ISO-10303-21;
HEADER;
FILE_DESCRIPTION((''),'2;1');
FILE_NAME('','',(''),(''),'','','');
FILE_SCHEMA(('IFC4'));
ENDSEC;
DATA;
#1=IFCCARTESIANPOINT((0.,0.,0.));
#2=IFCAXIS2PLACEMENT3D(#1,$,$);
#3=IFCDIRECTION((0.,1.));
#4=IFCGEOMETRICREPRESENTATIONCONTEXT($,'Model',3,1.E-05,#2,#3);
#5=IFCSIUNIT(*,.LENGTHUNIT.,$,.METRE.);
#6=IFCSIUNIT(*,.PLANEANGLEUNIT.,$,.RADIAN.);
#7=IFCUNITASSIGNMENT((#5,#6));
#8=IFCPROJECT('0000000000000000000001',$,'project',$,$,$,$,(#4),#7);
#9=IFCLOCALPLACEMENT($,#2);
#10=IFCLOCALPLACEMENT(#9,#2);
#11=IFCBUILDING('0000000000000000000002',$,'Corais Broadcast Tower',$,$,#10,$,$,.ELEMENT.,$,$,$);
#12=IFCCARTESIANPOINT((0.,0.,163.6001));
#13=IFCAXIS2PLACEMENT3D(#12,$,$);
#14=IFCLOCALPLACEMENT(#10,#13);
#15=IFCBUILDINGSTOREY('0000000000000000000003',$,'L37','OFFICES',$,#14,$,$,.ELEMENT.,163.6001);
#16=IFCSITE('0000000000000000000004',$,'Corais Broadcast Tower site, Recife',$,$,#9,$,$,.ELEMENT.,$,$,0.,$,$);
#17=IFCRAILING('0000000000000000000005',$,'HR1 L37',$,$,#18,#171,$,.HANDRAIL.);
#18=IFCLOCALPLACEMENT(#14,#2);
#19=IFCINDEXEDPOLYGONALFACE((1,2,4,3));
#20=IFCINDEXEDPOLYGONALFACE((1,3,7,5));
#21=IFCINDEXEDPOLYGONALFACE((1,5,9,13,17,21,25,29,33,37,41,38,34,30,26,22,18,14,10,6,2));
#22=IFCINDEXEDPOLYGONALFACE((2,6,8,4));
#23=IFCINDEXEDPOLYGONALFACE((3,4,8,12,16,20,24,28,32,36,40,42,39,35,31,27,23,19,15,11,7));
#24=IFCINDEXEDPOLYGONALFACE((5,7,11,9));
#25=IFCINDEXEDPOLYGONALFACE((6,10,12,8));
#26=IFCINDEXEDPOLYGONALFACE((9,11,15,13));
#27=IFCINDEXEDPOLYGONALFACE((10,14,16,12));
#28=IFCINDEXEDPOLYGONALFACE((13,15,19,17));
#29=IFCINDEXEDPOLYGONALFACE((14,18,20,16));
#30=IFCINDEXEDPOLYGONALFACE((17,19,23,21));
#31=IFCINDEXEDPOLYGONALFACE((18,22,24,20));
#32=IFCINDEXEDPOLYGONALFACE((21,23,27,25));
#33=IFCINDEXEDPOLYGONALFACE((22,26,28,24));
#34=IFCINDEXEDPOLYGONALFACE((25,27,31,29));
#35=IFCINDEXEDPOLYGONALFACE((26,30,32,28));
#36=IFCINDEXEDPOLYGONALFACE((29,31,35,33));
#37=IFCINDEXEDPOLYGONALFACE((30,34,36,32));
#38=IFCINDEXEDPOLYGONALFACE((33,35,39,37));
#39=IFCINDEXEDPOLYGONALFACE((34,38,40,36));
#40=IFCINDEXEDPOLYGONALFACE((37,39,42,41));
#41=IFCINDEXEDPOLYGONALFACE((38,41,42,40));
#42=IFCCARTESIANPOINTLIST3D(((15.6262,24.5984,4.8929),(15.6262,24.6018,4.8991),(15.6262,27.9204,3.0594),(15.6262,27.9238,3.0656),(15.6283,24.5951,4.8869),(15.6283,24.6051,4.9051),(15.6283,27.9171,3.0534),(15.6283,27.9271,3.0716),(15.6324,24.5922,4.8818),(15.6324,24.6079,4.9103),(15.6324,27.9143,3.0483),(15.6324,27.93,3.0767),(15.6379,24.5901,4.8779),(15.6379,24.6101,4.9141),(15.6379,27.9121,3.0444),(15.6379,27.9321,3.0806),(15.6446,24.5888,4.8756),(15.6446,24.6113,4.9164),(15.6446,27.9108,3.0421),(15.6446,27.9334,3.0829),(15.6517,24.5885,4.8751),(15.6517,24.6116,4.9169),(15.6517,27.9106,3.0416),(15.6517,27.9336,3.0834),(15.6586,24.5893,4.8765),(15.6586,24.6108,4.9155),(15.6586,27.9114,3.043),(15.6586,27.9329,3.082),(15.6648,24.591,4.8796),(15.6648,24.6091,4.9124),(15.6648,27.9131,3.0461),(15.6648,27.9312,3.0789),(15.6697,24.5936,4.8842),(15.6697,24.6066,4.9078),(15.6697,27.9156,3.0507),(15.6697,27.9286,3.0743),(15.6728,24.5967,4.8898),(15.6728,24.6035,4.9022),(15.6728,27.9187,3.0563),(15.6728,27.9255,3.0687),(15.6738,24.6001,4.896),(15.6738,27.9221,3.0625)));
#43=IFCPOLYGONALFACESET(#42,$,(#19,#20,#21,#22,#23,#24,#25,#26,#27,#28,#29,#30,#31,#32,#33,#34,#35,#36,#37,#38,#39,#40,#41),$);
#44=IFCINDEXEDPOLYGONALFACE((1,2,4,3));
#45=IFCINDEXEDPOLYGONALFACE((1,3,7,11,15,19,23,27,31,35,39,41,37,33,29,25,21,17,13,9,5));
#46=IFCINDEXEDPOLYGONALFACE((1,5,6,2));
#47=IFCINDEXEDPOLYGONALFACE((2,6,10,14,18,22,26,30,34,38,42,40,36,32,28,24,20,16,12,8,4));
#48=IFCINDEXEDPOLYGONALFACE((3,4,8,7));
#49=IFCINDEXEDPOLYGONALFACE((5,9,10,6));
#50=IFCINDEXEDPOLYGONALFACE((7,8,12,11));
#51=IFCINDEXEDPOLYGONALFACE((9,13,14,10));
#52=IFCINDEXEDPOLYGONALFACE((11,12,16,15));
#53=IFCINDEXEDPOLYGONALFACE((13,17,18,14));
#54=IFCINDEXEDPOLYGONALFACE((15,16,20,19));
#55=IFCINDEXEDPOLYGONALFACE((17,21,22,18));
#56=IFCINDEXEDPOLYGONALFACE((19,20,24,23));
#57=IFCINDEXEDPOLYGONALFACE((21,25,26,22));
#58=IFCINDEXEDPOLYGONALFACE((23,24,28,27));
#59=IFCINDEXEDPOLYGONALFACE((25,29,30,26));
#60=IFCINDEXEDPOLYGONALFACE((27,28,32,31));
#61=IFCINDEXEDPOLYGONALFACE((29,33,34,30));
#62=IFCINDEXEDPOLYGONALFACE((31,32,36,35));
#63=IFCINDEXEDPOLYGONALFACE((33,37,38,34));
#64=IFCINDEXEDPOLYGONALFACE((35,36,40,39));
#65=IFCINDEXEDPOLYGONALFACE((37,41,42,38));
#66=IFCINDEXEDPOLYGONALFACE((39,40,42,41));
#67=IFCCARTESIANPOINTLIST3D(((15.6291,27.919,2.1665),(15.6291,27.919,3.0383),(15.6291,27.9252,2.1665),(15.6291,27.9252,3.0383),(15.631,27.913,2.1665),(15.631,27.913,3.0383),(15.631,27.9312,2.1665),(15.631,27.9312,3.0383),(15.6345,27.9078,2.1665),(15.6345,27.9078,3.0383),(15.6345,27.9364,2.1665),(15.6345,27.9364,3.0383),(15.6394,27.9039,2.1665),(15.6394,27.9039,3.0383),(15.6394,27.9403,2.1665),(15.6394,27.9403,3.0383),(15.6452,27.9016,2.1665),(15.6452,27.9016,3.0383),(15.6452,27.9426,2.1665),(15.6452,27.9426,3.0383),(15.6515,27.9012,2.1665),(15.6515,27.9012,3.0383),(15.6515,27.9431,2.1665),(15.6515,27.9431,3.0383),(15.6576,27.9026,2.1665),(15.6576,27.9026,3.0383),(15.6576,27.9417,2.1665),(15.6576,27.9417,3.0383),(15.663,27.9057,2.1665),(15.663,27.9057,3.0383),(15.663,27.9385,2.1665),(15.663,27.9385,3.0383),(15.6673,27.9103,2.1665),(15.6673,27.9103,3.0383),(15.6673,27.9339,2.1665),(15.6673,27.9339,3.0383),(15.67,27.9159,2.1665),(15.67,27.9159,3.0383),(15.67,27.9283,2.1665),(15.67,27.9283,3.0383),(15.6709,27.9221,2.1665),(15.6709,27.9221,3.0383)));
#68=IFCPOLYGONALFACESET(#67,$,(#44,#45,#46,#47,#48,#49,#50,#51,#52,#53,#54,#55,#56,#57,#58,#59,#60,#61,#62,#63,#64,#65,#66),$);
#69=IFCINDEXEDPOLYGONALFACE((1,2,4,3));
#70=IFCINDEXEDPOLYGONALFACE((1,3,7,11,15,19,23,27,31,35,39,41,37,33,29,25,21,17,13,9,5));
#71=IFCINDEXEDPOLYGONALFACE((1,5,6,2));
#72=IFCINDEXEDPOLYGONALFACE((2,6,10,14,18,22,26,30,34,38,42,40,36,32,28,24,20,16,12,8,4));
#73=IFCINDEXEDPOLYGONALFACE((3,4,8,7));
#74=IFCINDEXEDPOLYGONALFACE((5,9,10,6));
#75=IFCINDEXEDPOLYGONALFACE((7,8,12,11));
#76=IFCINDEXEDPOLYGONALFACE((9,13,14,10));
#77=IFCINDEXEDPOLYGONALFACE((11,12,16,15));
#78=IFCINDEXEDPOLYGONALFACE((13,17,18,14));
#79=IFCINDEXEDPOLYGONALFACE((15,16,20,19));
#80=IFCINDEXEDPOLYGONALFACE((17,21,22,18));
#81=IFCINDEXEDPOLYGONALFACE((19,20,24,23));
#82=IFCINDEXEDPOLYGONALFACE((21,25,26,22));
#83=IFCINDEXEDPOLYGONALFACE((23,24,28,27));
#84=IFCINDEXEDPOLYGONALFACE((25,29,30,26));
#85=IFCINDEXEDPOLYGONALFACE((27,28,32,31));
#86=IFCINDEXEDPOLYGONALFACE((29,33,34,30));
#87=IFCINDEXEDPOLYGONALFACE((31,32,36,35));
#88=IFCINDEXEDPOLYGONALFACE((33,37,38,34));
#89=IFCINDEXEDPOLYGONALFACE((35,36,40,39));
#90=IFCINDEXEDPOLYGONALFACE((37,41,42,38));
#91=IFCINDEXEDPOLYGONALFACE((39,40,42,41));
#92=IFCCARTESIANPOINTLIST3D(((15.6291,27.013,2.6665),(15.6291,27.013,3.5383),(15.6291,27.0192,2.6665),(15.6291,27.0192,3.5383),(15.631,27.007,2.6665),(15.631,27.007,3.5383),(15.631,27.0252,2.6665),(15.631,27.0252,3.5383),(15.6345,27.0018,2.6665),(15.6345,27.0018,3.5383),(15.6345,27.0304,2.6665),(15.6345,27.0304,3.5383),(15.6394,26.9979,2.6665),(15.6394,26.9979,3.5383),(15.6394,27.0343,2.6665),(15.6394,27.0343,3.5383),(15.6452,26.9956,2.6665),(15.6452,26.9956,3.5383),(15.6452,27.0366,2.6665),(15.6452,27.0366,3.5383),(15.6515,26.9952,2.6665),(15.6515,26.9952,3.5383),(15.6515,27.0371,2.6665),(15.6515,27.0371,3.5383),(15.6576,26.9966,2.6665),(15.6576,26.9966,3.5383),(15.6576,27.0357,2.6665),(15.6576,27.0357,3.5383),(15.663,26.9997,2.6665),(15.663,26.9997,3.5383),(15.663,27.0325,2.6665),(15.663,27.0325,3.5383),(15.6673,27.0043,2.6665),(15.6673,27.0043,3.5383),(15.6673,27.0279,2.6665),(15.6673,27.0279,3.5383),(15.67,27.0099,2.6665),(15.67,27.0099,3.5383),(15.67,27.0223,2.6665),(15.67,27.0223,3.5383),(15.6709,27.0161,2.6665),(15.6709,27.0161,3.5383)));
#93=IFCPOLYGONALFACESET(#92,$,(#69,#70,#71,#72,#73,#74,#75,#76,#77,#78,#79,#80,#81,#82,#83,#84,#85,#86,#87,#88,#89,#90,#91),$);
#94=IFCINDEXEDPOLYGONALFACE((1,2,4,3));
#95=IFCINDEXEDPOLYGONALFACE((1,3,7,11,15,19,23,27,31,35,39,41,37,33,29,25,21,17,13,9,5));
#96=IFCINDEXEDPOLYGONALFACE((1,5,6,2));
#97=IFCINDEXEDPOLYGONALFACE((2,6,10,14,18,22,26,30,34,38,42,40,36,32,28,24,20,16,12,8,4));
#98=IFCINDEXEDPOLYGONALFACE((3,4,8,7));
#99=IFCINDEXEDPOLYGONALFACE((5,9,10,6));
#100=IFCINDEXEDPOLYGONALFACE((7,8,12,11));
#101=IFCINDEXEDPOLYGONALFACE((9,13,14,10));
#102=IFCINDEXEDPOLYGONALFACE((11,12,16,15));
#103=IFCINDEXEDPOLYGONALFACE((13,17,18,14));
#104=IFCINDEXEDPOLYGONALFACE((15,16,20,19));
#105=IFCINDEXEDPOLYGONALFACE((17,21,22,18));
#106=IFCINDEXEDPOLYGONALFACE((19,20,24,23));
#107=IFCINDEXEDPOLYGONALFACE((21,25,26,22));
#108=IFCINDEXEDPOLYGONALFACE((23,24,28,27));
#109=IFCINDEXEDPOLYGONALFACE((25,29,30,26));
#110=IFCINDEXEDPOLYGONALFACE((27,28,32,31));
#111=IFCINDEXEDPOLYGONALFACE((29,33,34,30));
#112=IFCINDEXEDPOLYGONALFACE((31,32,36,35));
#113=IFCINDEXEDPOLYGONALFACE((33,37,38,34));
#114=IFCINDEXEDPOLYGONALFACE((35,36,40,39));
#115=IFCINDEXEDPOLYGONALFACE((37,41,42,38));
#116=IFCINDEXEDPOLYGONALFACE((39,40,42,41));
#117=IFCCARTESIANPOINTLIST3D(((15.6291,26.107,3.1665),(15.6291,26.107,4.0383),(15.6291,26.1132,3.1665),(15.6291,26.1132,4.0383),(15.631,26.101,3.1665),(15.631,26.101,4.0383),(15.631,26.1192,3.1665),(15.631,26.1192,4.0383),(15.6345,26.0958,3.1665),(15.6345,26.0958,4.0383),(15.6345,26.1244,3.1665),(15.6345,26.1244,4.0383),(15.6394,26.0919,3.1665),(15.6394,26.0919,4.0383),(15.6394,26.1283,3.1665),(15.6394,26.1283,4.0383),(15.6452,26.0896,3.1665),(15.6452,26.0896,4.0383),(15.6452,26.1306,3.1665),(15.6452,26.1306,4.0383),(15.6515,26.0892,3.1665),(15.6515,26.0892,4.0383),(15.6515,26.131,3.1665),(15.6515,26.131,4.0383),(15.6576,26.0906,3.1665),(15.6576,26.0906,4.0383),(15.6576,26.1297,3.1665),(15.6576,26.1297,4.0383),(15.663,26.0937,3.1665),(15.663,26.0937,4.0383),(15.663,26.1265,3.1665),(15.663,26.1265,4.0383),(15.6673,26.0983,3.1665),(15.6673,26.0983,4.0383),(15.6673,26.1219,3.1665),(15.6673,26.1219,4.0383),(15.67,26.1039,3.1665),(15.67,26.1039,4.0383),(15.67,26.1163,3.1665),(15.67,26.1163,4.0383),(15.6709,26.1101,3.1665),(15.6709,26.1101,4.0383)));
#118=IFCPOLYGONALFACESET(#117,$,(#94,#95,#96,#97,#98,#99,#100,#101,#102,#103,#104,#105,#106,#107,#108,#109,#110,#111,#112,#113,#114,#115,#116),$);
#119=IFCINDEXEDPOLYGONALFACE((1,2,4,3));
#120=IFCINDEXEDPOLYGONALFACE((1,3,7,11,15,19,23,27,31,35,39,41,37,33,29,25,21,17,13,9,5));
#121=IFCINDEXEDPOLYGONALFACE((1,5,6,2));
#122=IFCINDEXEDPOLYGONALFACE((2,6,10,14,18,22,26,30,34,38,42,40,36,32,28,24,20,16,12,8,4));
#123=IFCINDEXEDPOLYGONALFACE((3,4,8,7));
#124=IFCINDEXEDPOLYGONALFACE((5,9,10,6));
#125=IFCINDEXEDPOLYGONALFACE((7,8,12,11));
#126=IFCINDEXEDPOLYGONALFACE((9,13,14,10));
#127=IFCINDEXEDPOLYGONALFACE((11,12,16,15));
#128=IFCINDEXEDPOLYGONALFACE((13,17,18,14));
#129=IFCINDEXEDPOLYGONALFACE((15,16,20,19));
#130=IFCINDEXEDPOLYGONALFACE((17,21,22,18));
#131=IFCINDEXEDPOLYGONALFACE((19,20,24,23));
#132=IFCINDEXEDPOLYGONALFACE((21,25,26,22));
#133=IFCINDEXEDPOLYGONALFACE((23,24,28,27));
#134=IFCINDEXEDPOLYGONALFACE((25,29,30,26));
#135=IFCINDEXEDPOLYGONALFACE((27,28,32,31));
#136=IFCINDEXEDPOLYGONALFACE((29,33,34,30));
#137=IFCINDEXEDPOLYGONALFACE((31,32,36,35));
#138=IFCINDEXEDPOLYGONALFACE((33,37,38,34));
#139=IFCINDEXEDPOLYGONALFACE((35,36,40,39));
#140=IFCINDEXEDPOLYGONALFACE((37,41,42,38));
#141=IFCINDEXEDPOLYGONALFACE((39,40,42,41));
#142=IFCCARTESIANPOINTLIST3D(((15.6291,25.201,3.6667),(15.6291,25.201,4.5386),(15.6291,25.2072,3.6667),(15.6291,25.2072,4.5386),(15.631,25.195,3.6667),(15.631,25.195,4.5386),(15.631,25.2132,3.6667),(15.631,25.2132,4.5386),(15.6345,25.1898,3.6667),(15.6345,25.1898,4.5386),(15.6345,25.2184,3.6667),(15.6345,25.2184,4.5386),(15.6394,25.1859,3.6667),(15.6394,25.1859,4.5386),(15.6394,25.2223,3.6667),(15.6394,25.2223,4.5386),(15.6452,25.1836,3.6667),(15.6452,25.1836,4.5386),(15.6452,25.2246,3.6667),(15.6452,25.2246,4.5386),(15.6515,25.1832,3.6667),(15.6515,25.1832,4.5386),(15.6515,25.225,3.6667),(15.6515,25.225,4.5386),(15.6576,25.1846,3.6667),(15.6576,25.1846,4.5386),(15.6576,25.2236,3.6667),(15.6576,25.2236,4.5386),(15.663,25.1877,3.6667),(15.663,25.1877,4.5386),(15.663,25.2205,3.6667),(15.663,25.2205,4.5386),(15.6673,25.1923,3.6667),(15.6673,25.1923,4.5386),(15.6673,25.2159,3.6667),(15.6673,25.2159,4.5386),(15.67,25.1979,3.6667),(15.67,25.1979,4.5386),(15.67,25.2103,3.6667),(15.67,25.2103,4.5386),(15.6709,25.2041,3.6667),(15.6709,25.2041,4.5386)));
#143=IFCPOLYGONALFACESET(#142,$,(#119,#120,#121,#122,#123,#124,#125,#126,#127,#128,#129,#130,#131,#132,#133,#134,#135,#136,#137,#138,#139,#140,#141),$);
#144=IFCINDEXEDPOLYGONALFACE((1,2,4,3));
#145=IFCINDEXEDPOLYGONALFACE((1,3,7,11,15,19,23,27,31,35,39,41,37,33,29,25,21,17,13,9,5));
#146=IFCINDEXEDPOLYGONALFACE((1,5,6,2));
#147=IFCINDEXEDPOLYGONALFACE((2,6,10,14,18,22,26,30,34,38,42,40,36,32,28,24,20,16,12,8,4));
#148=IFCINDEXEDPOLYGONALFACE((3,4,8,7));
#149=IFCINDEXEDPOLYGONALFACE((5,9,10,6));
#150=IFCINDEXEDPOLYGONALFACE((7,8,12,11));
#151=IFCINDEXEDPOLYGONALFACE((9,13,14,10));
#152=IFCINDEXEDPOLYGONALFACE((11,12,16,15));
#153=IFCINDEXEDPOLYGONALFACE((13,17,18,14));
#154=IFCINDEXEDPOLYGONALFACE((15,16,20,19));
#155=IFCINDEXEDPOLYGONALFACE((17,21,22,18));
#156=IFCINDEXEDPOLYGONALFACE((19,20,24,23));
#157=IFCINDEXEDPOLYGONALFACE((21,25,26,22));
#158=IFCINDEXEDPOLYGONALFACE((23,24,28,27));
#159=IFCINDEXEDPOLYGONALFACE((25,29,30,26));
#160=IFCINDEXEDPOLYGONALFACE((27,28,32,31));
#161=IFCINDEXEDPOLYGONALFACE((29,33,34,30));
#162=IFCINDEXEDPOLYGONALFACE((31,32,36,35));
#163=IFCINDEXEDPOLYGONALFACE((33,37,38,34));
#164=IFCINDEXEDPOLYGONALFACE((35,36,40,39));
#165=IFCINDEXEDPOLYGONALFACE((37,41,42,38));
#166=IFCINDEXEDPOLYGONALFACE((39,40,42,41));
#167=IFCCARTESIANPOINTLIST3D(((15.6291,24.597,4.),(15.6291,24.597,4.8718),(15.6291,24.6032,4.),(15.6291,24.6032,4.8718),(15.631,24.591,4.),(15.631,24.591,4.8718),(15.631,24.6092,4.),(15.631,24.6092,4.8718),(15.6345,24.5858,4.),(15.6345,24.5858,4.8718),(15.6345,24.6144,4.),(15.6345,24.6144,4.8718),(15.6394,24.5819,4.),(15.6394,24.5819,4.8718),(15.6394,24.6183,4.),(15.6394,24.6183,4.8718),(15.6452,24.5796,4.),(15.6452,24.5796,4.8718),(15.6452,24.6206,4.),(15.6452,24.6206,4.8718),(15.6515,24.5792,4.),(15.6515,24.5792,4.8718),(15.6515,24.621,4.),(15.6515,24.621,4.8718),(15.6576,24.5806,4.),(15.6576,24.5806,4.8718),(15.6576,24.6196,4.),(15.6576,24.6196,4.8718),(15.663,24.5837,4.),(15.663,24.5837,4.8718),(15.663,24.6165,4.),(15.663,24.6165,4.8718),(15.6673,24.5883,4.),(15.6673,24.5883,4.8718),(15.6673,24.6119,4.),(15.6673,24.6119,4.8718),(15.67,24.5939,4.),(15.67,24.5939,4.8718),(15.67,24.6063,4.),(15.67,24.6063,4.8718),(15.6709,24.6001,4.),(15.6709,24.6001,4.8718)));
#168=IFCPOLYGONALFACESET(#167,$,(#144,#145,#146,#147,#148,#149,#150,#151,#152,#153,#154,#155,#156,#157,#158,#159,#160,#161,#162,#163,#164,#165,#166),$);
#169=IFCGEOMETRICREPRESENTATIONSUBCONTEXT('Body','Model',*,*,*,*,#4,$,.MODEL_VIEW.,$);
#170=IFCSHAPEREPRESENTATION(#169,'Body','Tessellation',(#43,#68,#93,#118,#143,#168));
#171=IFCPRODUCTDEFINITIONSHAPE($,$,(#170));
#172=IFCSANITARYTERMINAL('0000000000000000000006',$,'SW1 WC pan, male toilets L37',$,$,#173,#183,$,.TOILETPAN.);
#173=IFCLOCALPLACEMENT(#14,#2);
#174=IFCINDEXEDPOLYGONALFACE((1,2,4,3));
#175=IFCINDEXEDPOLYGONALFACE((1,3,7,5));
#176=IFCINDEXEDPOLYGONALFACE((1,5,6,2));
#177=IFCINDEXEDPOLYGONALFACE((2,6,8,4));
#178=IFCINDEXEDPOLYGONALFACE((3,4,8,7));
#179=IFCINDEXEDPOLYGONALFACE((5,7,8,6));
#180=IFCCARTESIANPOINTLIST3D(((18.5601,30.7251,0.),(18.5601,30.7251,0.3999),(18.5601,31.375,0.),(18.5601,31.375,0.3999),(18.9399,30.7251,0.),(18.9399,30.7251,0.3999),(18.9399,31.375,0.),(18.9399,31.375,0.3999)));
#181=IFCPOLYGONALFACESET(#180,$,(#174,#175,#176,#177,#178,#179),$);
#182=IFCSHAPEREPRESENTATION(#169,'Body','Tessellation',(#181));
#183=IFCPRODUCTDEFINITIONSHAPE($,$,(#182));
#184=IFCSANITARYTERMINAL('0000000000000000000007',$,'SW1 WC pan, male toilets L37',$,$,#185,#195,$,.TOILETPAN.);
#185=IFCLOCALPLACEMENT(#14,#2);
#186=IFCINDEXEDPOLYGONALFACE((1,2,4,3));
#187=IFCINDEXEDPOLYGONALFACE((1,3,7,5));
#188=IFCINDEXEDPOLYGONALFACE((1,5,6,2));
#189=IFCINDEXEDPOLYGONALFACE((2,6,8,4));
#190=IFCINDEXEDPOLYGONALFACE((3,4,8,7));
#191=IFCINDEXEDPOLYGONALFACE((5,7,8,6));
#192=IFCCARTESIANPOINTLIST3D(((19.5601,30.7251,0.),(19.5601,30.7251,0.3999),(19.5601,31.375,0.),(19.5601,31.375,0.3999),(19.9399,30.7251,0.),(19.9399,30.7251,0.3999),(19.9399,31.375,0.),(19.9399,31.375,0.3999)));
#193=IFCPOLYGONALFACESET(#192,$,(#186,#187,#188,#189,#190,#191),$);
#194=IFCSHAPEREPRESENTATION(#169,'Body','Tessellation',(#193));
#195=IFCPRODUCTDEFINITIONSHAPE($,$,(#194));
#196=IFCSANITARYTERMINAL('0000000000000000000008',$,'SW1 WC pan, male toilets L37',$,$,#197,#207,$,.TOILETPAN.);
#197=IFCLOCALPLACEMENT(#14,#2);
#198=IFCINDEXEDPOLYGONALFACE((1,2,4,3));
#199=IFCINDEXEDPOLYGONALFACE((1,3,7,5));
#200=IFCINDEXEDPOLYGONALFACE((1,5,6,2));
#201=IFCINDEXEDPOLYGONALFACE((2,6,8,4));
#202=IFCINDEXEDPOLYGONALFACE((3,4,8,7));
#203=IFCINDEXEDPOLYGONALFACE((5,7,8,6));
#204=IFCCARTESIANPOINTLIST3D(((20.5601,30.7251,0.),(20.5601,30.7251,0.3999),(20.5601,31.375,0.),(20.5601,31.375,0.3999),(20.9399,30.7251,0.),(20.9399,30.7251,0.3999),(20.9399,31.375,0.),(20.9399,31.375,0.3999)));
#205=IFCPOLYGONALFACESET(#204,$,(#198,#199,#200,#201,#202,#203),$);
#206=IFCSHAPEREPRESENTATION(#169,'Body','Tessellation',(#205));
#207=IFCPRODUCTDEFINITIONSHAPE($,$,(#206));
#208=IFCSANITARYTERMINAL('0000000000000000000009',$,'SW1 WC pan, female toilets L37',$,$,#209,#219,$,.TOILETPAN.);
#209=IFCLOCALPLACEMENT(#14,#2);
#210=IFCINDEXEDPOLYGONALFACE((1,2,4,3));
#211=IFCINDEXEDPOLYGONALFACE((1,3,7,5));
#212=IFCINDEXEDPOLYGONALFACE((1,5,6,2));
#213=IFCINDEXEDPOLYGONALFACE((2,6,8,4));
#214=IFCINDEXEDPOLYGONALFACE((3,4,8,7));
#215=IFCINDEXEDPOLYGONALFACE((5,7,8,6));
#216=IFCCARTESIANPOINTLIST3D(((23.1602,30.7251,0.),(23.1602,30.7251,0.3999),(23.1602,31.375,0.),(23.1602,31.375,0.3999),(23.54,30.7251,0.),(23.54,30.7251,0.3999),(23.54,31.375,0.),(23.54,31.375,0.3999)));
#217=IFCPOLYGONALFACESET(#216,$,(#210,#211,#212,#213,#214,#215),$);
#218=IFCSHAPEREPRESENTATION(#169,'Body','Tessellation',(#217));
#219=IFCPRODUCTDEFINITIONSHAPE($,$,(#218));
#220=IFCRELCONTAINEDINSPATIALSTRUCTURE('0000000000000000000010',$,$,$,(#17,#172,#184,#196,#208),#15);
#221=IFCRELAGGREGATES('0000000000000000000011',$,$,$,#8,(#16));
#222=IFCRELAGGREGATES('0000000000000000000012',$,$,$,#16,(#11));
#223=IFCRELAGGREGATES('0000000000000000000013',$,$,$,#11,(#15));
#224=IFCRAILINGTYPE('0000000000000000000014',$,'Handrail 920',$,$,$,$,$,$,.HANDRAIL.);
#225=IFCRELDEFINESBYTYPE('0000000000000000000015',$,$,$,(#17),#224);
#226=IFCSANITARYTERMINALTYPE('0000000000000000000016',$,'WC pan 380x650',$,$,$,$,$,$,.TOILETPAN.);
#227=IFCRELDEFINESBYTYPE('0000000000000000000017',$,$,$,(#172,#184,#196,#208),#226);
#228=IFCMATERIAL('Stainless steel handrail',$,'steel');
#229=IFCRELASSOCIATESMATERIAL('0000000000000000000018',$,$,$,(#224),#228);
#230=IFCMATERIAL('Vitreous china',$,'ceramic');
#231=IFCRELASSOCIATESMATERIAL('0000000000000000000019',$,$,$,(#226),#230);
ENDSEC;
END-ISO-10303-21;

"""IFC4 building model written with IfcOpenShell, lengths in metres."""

from ifc_helpers import new_model, si_unit, direction, frame, origin, origin_2d, place, context, subcontext, project, spatial, rectangle, circle, extrude, material, type_object, element, save


model = new_model("IFC4")

# Units and contexts
model_context = context("Model", 3, precision=1e-05, world=origin(), true_north=direction((0.0, 1.0)))
body_context = subcontext(model_context, "Body", "Model", "MODEL_VIEW")
ifc_project = project(units=[si_unit("LENGTHUNIT", "METRE"), si_unit("PLANEANGLEUNIT", "RADIAN")], contexts=[model_context])

# Site, building, storey
site_placement = place(None, origin())
site = spatial("IfcSite", under=ifc_project, at=site_placement, Name="Corais Broadcast Tower site, Recife", CompositionType="ELEMENT", RefElevation=0.0)
building_placement = place(site_placement, origin())
building = spatial("IfcBuilding", under=site, at=building_placement, Name="Corais Broadcast Tower", CompositionType="ELEMENT")
storey_placement = place(building_placement, frame((0.0, 0.0, 163.6001)))
storey = spatial("IfcBuildingStorey", under=building, at=storey_placement, Name="L37", Description="OFFICES", CompositionType="ELEMENT", Elevation=163.6001)

# Railing
ifc_material_1 = material(Name="Stainless steel handrail", Category="steel")
railing_type = type_object("IfcRailingType", Name="Handrail 920", PredefinedType="HANDRAIL", material=ifc_material_1)
for number, where, name in (
    (1, (15.6499, 27.9221, 2.1665), "HR1 L37"),
):
    element("IfcRailing", number, at=place(storey_placement, frame(where)), inside=storey, type_object=railing_type, Name=name, PredefinedType="HANDRAIL", context=body_context, shape_type="SweptSolid", body=[
        extrude(circle(Radius=0.0239, at=origin_2d()), frame((0.0, 0.0, 0.896), z_axis=(0.0, -0.875504, 0.48321), x_axis=(1.0, 0.0, 0.0)), (0.0, 0.0, 1.0), 3.7944),
        extrude(circle(Radius=0.021, at=origin_2d()), origin(), (0.0, 0.0, 1.0), 0.8718),
        extrude(circle(Radius=0.021, at=origin_2d()), frame((0.0, -0.906, 0.5)), (0.0, 0.0, 1.0), 0.8718),
        extrude(circle(Radius=0.021, at=origin_2d()), frame((0.0, -1.812, 1.0)), (0.0, 0.0, 1.0), 0.8718),
        extrude(circle(Radius=0.021, at=origin_2d()), frame((0.0, -2.718, 1.5002)), (0.0, 0.0, 1.0), 0.8718),
        extrude(circle(Radius=0.021, at=origin_2d()), frame((0.0, -3.322, 1.8335)), (0.0, 0.0, 1.0), 0.8718),
    ])

# Sanitary terminals
ifc_material_2 = material(Name="Vitreous china", Category="ceramic")
sanitary_terminal_type = type_object("IfcSanitaryTerminalType", Name="WC pan 380x650", PredefinedType="TOILETPAN", material=ifc_material_2)
for number, where, z_axis, x_axis, name in (
    (2, (18.75, 31.05, 0.0), (0.0, 0.0, 1.0), (1.0, 0.0, 0.0), "SW1 WC pan, male toilets L37"),
    (3, (19.75, 31.05, 0.0), (0.0, 0.0, 1.0), (1.0, 0.0, 0.0), "SW1 WC pan, male toilets L37"),
    (4, (20.75, 31.05, 0.0), (0.0, 0.0, 1.0), (1.0, 0.0, 0.0), "SW1 WC pan, male toilets L37"),
    (5, (23.3501, 31.05, 0.0), (0.0, 0.0, 1.0), (1.0, 0.0, 0.0), "SW1 WC pan, female toilets L37"),
):
    element("IfcSanitaryTerminal", number, at=place(storey_placement, frame(where, z_axis=z_axis, x_axis=x_axis)), inside=storey, type_object=sanitary_terminal_type, Name=name, PredefinedType="TOILETPAN", context=body_context, shape_type="SweptSolid", body=[
        extrude(rectangle(XDim=0.3799, YDim=0.6499, at=origin_2d()), origin(), (0.0, 0.0, 1.0), 0.3999),
    ])

save(model, "model.ifc")
